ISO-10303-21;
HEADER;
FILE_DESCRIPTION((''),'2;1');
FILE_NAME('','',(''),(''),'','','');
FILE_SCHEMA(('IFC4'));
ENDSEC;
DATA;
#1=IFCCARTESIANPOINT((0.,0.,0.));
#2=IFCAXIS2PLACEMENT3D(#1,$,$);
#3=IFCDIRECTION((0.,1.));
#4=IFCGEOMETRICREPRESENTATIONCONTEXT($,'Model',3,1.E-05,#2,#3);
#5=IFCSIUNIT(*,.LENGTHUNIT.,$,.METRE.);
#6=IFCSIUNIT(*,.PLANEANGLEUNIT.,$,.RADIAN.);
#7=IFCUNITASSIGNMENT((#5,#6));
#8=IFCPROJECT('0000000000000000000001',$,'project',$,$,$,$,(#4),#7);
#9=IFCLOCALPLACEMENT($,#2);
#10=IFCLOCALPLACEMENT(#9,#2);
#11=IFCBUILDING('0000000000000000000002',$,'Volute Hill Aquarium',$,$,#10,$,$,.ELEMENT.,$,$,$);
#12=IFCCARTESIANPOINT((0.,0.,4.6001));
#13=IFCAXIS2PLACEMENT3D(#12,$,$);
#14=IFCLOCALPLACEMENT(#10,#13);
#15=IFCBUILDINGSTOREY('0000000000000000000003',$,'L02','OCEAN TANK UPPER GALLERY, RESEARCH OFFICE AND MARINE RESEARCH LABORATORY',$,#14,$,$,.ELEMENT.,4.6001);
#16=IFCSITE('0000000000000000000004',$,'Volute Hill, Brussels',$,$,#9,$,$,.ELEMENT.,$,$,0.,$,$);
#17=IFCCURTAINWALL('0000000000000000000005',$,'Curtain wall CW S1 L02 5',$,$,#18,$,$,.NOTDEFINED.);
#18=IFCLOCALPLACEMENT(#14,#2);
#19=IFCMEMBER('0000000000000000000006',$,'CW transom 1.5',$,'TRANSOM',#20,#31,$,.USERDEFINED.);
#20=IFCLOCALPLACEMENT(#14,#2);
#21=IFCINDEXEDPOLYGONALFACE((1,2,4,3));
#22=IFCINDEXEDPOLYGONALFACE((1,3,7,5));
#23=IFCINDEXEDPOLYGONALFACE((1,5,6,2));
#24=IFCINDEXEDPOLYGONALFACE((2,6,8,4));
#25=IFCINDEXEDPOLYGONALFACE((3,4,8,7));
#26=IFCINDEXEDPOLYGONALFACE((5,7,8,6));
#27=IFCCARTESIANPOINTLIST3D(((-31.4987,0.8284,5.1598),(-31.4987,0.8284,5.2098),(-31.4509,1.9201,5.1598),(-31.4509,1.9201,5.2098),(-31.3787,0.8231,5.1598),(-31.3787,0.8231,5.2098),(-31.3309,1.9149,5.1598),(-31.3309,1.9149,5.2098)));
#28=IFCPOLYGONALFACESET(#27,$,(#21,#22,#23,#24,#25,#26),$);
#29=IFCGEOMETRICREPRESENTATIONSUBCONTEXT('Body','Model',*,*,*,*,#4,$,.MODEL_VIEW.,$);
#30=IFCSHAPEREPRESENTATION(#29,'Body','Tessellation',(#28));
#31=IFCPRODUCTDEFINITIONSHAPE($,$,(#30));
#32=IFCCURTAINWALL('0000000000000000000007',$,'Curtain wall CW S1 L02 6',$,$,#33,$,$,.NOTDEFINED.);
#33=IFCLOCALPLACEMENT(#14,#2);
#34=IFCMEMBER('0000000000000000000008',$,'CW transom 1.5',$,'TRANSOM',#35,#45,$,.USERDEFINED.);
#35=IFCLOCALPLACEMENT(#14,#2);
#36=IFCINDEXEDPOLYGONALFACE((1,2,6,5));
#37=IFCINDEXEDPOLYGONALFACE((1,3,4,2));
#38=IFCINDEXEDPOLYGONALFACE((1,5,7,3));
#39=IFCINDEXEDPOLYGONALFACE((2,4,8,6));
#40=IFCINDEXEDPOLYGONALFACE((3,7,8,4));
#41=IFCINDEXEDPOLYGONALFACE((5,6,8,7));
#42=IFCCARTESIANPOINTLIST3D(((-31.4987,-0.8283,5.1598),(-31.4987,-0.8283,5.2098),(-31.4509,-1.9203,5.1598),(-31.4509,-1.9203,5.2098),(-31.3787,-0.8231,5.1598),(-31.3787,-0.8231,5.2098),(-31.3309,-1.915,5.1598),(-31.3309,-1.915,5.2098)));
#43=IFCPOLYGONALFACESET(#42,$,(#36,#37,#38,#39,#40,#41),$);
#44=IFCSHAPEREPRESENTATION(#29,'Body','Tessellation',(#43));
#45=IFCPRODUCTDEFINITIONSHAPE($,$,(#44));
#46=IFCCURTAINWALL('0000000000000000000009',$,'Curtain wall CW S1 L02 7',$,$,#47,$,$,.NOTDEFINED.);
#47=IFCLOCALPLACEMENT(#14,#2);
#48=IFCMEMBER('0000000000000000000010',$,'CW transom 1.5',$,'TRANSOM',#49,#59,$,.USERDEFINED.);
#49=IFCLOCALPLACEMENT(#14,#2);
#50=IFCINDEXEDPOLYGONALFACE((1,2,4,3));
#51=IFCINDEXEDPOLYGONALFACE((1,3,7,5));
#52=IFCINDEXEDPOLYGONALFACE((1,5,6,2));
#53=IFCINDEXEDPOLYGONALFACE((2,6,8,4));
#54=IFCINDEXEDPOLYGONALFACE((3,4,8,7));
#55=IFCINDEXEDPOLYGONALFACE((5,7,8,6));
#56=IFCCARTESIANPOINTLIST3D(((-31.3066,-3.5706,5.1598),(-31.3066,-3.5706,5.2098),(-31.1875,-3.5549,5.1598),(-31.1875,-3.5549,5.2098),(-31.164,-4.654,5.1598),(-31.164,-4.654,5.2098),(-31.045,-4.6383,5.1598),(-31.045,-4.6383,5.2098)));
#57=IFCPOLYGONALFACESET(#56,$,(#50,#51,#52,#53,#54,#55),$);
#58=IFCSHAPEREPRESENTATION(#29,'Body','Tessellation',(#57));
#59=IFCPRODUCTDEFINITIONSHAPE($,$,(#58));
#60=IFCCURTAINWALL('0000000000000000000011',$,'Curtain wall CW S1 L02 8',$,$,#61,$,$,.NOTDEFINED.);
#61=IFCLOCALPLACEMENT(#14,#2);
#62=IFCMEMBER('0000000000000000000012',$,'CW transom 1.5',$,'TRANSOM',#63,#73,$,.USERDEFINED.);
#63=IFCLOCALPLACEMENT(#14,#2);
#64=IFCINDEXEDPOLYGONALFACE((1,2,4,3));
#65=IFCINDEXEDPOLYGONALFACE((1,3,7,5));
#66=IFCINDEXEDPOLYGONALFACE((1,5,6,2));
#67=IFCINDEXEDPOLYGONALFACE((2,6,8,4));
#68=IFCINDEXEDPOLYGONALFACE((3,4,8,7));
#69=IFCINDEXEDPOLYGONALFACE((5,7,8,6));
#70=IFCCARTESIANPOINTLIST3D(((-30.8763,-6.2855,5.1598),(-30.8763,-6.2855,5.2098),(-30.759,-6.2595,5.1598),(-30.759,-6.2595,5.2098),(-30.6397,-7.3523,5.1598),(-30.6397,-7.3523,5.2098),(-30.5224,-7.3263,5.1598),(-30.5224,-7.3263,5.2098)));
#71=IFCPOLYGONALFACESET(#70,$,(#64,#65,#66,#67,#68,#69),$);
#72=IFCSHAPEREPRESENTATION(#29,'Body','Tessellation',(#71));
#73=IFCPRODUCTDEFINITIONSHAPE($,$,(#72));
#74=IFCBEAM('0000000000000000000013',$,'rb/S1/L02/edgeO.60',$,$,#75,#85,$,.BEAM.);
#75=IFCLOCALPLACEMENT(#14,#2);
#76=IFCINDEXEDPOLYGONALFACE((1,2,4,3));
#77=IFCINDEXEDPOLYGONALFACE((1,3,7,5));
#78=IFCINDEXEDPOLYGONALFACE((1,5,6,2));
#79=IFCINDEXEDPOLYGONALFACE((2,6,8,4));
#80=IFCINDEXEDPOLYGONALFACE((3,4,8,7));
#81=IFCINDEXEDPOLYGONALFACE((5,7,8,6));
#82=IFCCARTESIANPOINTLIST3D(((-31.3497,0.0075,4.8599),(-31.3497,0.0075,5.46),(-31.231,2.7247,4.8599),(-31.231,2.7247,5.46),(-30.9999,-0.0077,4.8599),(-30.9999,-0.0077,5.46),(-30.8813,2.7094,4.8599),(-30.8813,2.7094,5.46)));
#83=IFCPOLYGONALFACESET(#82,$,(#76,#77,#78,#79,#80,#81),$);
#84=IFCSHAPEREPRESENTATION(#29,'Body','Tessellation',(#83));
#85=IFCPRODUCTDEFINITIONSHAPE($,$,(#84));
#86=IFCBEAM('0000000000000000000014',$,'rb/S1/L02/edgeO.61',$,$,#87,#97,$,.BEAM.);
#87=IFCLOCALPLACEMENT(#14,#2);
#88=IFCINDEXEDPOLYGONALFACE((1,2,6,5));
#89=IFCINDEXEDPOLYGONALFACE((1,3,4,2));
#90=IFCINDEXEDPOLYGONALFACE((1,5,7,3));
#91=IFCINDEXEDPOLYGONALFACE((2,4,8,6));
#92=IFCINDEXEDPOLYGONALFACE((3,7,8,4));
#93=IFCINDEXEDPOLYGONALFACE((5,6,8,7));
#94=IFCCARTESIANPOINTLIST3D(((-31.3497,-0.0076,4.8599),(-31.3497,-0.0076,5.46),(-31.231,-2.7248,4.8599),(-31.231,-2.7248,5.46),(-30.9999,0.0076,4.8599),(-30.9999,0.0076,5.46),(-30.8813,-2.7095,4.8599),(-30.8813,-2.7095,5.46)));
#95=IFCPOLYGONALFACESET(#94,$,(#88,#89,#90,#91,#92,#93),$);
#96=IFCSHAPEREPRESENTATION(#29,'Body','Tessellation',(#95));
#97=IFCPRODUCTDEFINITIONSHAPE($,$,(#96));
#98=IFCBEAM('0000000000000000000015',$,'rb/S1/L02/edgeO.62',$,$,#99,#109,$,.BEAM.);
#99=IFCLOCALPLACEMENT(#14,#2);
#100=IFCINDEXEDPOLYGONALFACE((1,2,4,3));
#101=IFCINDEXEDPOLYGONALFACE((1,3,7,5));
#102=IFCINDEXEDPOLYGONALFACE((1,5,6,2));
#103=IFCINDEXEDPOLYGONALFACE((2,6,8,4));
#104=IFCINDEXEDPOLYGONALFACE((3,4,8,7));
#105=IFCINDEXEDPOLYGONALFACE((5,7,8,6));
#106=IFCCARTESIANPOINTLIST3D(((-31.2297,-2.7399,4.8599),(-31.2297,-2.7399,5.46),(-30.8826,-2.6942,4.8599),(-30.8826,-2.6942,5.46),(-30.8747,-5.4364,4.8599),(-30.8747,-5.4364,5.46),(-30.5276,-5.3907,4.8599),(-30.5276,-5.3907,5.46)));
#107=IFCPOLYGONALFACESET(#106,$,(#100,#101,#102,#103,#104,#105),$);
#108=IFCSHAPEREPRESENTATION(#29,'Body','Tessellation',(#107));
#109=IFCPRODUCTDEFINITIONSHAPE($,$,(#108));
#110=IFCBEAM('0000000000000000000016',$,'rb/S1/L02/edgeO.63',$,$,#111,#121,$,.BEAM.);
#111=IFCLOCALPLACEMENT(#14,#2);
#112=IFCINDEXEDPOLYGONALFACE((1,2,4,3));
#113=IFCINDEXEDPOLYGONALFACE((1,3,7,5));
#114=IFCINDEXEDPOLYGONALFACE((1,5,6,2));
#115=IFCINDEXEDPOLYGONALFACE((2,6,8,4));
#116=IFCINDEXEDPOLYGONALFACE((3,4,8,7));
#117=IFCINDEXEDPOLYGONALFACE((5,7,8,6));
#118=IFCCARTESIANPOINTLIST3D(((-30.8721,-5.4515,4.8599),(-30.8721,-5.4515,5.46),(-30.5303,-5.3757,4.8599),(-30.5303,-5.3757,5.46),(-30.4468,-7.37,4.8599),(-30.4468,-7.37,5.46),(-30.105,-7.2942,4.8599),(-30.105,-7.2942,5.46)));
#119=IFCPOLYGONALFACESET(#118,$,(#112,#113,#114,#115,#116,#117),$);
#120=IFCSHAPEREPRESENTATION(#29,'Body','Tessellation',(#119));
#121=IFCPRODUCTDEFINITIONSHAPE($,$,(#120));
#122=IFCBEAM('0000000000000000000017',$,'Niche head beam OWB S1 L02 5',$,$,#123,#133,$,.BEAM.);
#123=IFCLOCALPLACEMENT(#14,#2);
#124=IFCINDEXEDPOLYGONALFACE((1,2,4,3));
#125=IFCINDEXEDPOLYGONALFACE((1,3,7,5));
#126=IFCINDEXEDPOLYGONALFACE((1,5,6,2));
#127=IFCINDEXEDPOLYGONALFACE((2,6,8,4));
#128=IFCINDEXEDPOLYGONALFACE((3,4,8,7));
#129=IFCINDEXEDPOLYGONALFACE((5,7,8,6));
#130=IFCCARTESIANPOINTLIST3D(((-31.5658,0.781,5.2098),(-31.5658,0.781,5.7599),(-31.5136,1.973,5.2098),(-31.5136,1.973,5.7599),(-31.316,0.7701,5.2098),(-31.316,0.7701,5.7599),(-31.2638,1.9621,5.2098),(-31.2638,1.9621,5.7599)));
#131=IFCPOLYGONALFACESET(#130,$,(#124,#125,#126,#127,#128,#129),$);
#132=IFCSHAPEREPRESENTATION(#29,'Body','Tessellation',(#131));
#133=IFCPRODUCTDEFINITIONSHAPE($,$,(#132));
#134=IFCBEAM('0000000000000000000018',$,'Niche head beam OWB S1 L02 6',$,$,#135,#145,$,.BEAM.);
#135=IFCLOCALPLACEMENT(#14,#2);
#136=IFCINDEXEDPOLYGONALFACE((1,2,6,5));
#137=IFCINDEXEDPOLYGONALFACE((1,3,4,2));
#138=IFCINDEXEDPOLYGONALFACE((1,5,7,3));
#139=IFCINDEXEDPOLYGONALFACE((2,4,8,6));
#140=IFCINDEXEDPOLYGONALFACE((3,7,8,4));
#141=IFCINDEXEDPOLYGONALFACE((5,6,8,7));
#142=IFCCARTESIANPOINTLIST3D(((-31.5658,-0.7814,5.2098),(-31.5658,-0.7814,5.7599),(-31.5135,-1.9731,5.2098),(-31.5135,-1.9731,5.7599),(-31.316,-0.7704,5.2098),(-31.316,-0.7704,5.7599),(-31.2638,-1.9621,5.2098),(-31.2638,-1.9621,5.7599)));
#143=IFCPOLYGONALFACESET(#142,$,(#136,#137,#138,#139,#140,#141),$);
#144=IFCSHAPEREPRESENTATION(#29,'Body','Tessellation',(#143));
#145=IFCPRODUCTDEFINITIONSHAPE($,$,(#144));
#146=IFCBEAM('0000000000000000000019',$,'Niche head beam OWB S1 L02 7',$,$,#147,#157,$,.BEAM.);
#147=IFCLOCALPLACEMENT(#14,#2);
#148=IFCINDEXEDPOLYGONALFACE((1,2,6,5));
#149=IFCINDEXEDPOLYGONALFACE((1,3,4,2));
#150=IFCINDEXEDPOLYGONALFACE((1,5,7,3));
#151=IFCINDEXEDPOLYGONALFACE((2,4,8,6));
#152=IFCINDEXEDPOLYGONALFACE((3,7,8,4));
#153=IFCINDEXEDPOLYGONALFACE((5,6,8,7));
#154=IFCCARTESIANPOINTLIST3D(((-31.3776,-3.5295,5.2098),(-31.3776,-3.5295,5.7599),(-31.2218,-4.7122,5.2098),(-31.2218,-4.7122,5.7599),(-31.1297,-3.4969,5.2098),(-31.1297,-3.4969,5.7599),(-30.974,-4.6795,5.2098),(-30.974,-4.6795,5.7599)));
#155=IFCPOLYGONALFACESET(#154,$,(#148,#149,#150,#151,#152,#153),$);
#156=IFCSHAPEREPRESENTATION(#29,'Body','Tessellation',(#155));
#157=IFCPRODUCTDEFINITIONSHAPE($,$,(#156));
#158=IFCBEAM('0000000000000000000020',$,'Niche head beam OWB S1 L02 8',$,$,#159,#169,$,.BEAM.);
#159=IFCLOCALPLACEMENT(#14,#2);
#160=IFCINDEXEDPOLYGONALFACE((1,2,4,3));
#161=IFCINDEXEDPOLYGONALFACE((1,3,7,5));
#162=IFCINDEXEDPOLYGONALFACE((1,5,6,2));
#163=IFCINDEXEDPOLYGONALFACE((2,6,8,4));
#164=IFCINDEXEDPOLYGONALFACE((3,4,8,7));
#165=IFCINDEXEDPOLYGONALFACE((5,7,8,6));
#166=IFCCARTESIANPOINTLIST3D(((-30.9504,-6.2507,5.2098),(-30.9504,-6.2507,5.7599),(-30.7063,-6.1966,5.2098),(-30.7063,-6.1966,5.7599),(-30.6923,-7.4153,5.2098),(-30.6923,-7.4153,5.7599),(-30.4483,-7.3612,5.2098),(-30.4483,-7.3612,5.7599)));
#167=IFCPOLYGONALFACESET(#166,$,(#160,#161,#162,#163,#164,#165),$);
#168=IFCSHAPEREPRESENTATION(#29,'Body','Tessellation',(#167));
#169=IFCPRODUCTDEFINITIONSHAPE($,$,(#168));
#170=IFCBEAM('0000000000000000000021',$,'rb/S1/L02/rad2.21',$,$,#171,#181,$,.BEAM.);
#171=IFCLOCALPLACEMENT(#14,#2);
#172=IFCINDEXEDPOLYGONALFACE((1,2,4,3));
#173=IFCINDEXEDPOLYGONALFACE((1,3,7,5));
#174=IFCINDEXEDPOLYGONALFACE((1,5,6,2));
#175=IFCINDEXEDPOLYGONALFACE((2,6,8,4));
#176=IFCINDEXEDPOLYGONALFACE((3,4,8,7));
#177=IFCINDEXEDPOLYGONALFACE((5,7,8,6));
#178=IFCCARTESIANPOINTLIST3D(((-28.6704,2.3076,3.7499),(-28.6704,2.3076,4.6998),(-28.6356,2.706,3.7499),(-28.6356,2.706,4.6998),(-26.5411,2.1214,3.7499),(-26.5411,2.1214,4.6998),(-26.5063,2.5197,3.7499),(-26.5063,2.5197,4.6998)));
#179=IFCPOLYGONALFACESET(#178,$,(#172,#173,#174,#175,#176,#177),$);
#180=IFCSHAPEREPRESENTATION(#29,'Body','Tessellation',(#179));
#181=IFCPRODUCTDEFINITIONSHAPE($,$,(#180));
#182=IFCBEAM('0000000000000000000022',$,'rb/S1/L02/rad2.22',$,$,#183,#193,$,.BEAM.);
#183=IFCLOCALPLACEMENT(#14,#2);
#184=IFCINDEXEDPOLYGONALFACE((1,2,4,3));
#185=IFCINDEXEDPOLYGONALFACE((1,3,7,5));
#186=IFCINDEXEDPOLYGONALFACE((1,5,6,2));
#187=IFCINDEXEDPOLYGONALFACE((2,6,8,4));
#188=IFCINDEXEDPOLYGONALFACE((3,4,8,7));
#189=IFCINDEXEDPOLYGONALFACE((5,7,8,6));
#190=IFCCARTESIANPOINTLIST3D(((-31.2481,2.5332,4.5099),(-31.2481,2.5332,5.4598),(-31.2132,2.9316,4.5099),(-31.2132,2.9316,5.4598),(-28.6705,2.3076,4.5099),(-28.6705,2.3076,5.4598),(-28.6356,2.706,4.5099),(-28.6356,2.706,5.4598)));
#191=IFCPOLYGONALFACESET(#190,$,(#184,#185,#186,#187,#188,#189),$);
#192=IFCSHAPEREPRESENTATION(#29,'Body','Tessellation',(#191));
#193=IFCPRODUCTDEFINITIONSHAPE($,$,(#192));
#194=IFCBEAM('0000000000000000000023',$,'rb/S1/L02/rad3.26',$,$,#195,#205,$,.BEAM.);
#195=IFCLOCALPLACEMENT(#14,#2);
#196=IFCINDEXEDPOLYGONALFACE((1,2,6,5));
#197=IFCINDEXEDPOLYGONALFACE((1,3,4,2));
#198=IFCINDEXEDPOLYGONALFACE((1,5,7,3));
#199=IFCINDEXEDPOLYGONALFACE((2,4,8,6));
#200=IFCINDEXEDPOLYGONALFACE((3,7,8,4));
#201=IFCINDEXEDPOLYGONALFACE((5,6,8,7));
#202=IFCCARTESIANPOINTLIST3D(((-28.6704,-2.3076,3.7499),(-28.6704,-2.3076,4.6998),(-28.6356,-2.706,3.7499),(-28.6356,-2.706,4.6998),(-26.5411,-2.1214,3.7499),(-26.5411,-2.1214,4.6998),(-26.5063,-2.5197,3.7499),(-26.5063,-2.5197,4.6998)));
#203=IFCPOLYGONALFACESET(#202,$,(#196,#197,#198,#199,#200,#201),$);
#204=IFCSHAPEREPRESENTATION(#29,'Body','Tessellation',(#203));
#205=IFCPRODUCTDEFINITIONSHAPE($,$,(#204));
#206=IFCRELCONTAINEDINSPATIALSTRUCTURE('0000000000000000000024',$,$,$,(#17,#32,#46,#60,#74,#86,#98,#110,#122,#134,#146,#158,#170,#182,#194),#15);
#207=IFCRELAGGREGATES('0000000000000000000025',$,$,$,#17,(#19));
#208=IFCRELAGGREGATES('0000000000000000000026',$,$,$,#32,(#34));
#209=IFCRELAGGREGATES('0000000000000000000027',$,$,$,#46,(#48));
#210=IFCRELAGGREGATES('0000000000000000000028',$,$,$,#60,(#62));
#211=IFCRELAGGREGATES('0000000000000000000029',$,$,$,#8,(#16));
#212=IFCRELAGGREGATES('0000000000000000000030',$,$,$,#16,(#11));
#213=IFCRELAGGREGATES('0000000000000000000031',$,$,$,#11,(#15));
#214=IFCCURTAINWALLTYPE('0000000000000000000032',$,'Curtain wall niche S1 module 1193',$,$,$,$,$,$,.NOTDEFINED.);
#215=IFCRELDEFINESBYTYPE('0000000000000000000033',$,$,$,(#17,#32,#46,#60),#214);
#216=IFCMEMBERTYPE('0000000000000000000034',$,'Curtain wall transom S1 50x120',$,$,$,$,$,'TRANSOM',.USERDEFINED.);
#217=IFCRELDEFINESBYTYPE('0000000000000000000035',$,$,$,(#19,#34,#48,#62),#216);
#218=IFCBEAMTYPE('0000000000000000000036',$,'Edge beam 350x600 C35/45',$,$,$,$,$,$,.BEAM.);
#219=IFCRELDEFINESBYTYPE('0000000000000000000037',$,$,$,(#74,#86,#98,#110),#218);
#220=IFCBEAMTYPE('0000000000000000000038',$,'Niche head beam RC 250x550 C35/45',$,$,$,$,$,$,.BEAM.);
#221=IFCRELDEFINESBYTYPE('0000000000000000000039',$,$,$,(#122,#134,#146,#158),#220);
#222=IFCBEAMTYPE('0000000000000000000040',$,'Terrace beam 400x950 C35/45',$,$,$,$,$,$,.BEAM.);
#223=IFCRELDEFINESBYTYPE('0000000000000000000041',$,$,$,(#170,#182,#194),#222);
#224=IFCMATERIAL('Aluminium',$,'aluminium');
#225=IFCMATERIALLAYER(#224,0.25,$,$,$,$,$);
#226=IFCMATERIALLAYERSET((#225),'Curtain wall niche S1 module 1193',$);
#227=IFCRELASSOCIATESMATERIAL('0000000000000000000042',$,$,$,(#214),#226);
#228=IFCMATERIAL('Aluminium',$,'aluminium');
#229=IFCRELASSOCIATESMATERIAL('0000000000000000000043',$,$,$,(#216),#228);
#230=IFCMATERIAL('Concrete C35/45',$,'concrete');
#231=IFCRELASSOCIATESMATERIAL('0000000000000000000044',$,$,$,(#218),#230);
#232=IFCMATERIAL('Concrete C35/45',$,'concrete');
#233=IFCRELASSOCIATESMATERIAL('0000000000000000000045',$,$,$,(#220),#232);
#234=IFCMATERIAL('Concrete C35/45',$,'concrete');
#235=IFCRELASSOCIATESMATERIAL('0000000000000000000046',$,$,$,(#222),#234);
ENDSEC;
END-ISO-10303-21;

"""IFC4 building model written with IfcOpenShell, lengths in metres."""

from ifc_helpers import new_model, si_unit, direction, frame, origin, origin_2d, place, context, subcontext, project, spatial, rectangle, extrude, material, layer, layer_set, material_profile, profile_set, type_object, element, aggregate, save


model = new_model("IFC4")

# Units and contexts
model_context = context("Model", 3, precision=1e-05, world=origin(), true_north=direction((0.0, 1.0)))
body_context = subcontext(model_context, "Body", "Model", "MODEL_VIEW")
ifc_project = project(units=[si_unit("LENGTHUNIT", "METRE"), si_unit("PLANEANGLEUNIT", "RADIAN")], contexts=[model_context])

# Site, building, storey
site_placement = place(None, origin())
site = spatial("IfcSite", under=ifc_project, at=site_placement, Name="Volute Hill, Brussels", CompositionType="ELEMENT", RefElevation=0.0)
building_placement = place(site_placement, origin())
building = spatial("IfcBuilding", under=site, at=building_placement, Name="Volute Hill Aquarium", CompositionType="ELEMENT")
storey_placement = place(building_placement, frame((0.0, 0.0, 4.6001)))
storey = spatial("IfcBuildingStorey", under=building, at=storey_placement, Name="L02", Description="OCEAN TANK UPPER GALLERY, RESEARCH OFFICE AND MARINE RESEARCH LABORATORY", CompositionType="ELEMENT", Elevation=4.6001)

# Curtain walls, members
ifc_material_1 = material(Name="Aluminium", Category="aluminium")
ifc_layer_1 = layer(ifc_material_1, 0.25)
ifc_layer_set_1 = layer_set([ifc_layer_1], Name="Curtain wall niche S1 module 1193")
curtain_wall_type = type_object("IfcCurtainWallType", Name="Curtain wall niche S1 module 1193", PredefinedType="NOTDEFINED", material=ifc_layer_set_1)
curtain_wall_1_placement = place(storey_placement, origin())
curtain_wall_1 = element("IfcCurtainWall", 1, at=curtain_wall_1_placement, inside=storey, type_object=curtain_wall_type, Name="Curtain wall CW S1 L02 5", PredefinedType="NOTDEFINED")
ifc_material_2 = material(Name="Aluminium", Category="aluminium")
ifc_material_profile_1 = material_profile(ifc_material_2, rectangle(XDim=0.1201, YDim=0.05, at=origin_2d()), Name="Curtain wall transom S1 50x120")
ifc_profile_set_1 = profile_set([ifc_material_profile_1], Name="Aluminium")
member_type = type_object("IfcMemberType", Name="Curtain wall transom S1 50x120", ElementType="TRANSOM", PredefinedType="USERDEFINED", material=ifc_profile_set_1)
member_1_placement = place(storey_placement, frame((-31.3909, 1.9175, 5.1848), z_axis=(-0.043786, -0.999041, 0.0), x_axis=(0.999041, -0.043786, 0.0)))
member_1 = element("IfcMember", 2, at=member_1_placement, type_object=member_type, Name="CW transom 1.5", ObjectType="TRANSOM", PredefinedType="USERDEFINED", context=body_context, shape_type="SweptSolid", body=[
    extrude(rectangle(XDim=0.1201, YDim=0.05, at=origin_2d()), origin(), (0.0, 0.0, 1.0), 1.0928),
])
aggregate(curtain_wall_1, [member_1])
curtain_wall_2_placement = place(storey_placement, origin())
curtain_wall_2 = element("IfcCurtainWall", 3, at=curtain_wall_2_placement, inside=storey, type_object=curtain_wall_type, Name="Curtain wall CW S1 L02 6", PredefinedType="NOTDEFINED")
member_2_placement = place(storey_placement, frame((-31.4387, -0.8257, 5.1848), z_axis=(0.043776, -0.999041, 0.0), x_axis=(0.999041, 0.043776, 0.0)))
member_2 = element("IfcMember", 4, at=member_2_placement, type_object=member_type, Name="CW transom 1.5", ObjectType="TRANSOM", PredefinedType="USERDEFINED", context=body_context, shape_type="SweptSolid", body=[
    extrude(rectangle(XDim=0.1201, YDim=0.05, at=origin_2d()), origin(), (0.0, 0.0, 1.0), 1.093),
])
aggregate(curtain_wall_2, [member_2])
curtain_wall_3_placement = place(storey_placement, origin())
curtain_wall_3 = element("IfcCurtainWall", 5, at=curtain_wall_3_placement, inside=storey, type_object=curtain_wall_type, Name="Curtain wall CW S1 L02 7", PredefinedType="NOTDEFINED")
member_3_placement = place(storey_placement, frame((-31.2471, -3.5627, 5.1848), z_axis=(0.130466, -0.991453, 0.0), x_axis=(0.991453, 0.130466, 0.0)))
member_3 = element("IfcMember", 6, at=member_3_placement, type_object=member_type, Name="CW transom 1.5", ObjectType="TRANSOM", PredefinedType="USERDEFINED", context=body_context, shape_type="SweptSolid", body=[
    extrude(rectangle(XDim=0.1201, YDim=0.05, at=origin_2d()), origin(), (0.0, 0.0, 1.0), 1.0928),
])
aggregate(curtain_wall_3, [member_3])
curtain_wall_4_placement = place(storey_placement, origin())
curtain_wall_4 = element("IfcCurtainWall", 7, at=curtain_wall_4_placement, inside=storey, type_object=curtain_wall_type, Name="Curtain wall CW S1 L02 8", PredefinedType="NOTDEFINED")
member_4_placement = place(storey_placement, frame((-30.8176, -6.2725, 5.1848), z_axis=(0.216481, -0.976287, 0.0), x_axis=(0.976287, 0.216481, 0.0)))
member_4 = element("IfcMember", 8, at=member_4_placement, type_object=member_type, Name="CW transom 1.5", ObjectType="TRANSOM", PredefinedType="USERDEFINED", context=body_context, shape_type="SweptSolid", body=[
    extrude(rectangle(XDim=0.1201, YDim=0.05, at=origin_2d()), origin(), (0.0, 0.0, 1.0), 1.0928),
])
aggregate(curtain_wall_4, [member_4])

# Beams
ifc_material_3 = material(Name="Concrete C35/45", Category="concrete")
ifc_material_profile_2 = material_profile(ifc_material_3, rectangle(XDim=0.3501, YDim=0.6001, at=origin_2d()), Name="RC edge beam 350x600")
ifc_profile_set_2 = profile_set([ifc_material_profile_2], Name="Concrete C35/45")
beam_type_1 = type_object("IfcBeamType", Name="Edge beam 350x600 C35/45", PredefinedType="BEAM", material=ifc_profile_set_2)
for number, where, z_axis, x_axis, name in (
    (9, (-31.0562, 2.717, 5.1599), (-0.043628, -0.999048, 0.0), (0.999048, -0.043628, 0.0), "rb/S1/L02/edgeO.60"),
    (10, (-31.1748, 0.0, 5.1599), (0.043628, -0.999048, 0.0), (0.999048, 0.043628, 0.0), "rb/S1/L02/edgeO.61"),
    (11, (-31.0562, -2.717, 5.1599), (0.130517, -0.991446, 0.0), (0.991446, 0.130517, 0.0), "rb/S1/L02/edgeO.62"),
):
    element("IfcBeam", number, at=place(storey_placement, frame(where, z_axis=z_axis, x_axis=x_axis)), inside=storey, type_object=beam_type_1, Name=name, PredefinedType="BEAM", context=body_context, shape_type="SweptSolid", body=[
        extrude(rectangle(XDim=0.3501, YDim=0.6001, at=origin_2d()), origin(), (0.0, 0.0, 1.0), 2.7197),
    ])
beam_1_placement = place(storey_placement, frame((-30.7012, -5.4136, 5.1599), z_axis=(0.216431, -0.976298, 0.0), x_axis=(0.976298, 0.216431, 0.0)))
element("IfcBeam", 12, at=beam_1_placement, inside=storey, type_object=beam_type_1, Name="rb/S1/L02/edgeO.63", PredefinedType="BEAM", context=body_context, shape_type="SweptSolid", body=[
    extrude(rectangle(XDim=0.3501, YDim=0.6001, at=origin_2d()), origin(), (0.0, 0.0, 1.0), 1.9651),
])
ifc_material_4 = material(Name="Concrete C35/45", Category="concrete")
ifc_material_profile_3 = material_profile(ifc_material_4, rectangle(XDim=0.25, YDim=0.55, at=origin_2d()), Name="RC beam 250x550")
ifc_profile_set_3 = profile_set([ifc_material_profile_3], Name="Concrete C35/45")
beam_type_2 = type_object("IfcBeamType", Name="Niche head beam RC 250x550 C35/45", PredefinedType="BEAM", material=ifc_profile_set_3)
beam_2_placement = place(storey_placement, frame((-31.3887, 1.9675, 5.4849), z_axis=(-0.043792, -0.999041, 0.0), x_axis=(0.999041, -0.043792, 0.0)))
element("IfcBeam", 13, at=beam_2_placement, inside=storey, type_object=beam_type_2, Name="Niche head beam OWB S1 L02 5", PredefinedType="BEAM", context=body_context, shape_type="SweptSolid", body=[
    extrude(rectangle(XDim=0.25, YDim=0.55, at=origin_2d()), origin(), (0.0, 0.0, 1.0), 1.1931),
])
for number, where, z_axis, x_axis, name in (
    (14, (-31.4409, -0.7759, 5.4849), (0.043801, -0.99904, 0.0), (0.99904, 0.043801, 0.0), "Niche head beam OWB S1 L02 6"),
    (15, (-31.2537, -3.5132, 5.4849), (0.130582, -0.991438, 0.0), (0.991438, 0.130582, 0.0), "Niche head beam OWB S1 L02 7"),
    (16, (-30.8284, -6.2236, 5.4849), (0.216345, -0.976317, 0.0), (0.976317, 0.216345, 0.0), "Niche head beam OWB S1 L02 8"),
):
    element("IfcBeam", number, at=place(storey_placement, frame(where, z_axis=z_axis, x_axis=x_axis)), inside=storey, type_object=beam_type_2, Name=name, PredefinedType="BEAM", context=body_context, shape_type="SweptSolid", body=[
        extrude(rectangle(XDim=0.25, YDim=0.55, at=origin_2d()), origin(), (0.0, 0.0, 1.0), 1.1929),
    ])
ifc_material_5 = material(Name="Concrete C35/45", Category="concrete")
ifc_material_profile_4 = material_profile(ifc_material_5, rectangle(XDim=0.3999, YDim=0.95, at=origin_2d()), Name="RC beam 400x950")
ifc_profile_set_4 = profile_set([ifc_material_profile_4], Name="Concrete C35/45")
beam_type_3 = type_object("IfcBeamType", Name="Terrace beam 400x950 C35/45", PredefinedType="BEAM", material=ifc_profile_set_4)
beam_3_placement = place(storey_placement, frame((-26.5237, 2.3206, 4.2249), z_axis=(-0.996195, 0.087147, 0.0), x_axis=(-0.087147, -0.996195, 0.0)))
element("IfcBeam", 17, at=beam_3_placement, inside=storey, type_object=beam_type_3, Name="rb/S1/L02/rad2.21", PredefinedType="BEAM", context=body_context, shape_type="SweptSolid", body=[
    extrude(rectangle(XDim=0.3999, YDim=0.95, at=origin_2d()), origin(), (0.0, 0.0, 1.0), 2.1375),
])
beam_4_placement = place(storey_placement, frame((-28.6531, 2.5068, 4.9849), z_axis=(-0.996192, 0.087183, 0.0), x_axis=(-0.087183, -0.996192, 0.0)))
element("IfcBeam", 18, at=beam_4_placement, inside=storey, type_object=beam_type_3, Name="rb/S1/L02/rad2.22", PredefinedType="BEAM", context=body_context, shape_type="SweptSolid", body=[
    extrude(rectangle(XDim=0.3999, YDim=0.95, at=origin_2d()), origin(), (0.0, 0.0, 1.0), 2.5874),
])
beam_5_placement = place(storey_placement, frame((-26.5237, -2.3206, 4.2249), z_axis=(-0.996195, -0.087147, 0.0), x_axis=(0.087147, -0.996195, 0.0)))
element("IfcBeam", 19, at=beam_5_placement, inside=storey, type_object=beam_type_3, Name="rb/S1/L02/rad3.26", PredefinedType="BEAM", context=body_context, shape_type="SweptSolid", body=[
    extrude(rectangle(XDim=0.3999, YDim=0.95, at=origin_2d()), origin(), (0.0, 0.0, 1.0), 2.1375),
])

save(model, "model.ifc")
